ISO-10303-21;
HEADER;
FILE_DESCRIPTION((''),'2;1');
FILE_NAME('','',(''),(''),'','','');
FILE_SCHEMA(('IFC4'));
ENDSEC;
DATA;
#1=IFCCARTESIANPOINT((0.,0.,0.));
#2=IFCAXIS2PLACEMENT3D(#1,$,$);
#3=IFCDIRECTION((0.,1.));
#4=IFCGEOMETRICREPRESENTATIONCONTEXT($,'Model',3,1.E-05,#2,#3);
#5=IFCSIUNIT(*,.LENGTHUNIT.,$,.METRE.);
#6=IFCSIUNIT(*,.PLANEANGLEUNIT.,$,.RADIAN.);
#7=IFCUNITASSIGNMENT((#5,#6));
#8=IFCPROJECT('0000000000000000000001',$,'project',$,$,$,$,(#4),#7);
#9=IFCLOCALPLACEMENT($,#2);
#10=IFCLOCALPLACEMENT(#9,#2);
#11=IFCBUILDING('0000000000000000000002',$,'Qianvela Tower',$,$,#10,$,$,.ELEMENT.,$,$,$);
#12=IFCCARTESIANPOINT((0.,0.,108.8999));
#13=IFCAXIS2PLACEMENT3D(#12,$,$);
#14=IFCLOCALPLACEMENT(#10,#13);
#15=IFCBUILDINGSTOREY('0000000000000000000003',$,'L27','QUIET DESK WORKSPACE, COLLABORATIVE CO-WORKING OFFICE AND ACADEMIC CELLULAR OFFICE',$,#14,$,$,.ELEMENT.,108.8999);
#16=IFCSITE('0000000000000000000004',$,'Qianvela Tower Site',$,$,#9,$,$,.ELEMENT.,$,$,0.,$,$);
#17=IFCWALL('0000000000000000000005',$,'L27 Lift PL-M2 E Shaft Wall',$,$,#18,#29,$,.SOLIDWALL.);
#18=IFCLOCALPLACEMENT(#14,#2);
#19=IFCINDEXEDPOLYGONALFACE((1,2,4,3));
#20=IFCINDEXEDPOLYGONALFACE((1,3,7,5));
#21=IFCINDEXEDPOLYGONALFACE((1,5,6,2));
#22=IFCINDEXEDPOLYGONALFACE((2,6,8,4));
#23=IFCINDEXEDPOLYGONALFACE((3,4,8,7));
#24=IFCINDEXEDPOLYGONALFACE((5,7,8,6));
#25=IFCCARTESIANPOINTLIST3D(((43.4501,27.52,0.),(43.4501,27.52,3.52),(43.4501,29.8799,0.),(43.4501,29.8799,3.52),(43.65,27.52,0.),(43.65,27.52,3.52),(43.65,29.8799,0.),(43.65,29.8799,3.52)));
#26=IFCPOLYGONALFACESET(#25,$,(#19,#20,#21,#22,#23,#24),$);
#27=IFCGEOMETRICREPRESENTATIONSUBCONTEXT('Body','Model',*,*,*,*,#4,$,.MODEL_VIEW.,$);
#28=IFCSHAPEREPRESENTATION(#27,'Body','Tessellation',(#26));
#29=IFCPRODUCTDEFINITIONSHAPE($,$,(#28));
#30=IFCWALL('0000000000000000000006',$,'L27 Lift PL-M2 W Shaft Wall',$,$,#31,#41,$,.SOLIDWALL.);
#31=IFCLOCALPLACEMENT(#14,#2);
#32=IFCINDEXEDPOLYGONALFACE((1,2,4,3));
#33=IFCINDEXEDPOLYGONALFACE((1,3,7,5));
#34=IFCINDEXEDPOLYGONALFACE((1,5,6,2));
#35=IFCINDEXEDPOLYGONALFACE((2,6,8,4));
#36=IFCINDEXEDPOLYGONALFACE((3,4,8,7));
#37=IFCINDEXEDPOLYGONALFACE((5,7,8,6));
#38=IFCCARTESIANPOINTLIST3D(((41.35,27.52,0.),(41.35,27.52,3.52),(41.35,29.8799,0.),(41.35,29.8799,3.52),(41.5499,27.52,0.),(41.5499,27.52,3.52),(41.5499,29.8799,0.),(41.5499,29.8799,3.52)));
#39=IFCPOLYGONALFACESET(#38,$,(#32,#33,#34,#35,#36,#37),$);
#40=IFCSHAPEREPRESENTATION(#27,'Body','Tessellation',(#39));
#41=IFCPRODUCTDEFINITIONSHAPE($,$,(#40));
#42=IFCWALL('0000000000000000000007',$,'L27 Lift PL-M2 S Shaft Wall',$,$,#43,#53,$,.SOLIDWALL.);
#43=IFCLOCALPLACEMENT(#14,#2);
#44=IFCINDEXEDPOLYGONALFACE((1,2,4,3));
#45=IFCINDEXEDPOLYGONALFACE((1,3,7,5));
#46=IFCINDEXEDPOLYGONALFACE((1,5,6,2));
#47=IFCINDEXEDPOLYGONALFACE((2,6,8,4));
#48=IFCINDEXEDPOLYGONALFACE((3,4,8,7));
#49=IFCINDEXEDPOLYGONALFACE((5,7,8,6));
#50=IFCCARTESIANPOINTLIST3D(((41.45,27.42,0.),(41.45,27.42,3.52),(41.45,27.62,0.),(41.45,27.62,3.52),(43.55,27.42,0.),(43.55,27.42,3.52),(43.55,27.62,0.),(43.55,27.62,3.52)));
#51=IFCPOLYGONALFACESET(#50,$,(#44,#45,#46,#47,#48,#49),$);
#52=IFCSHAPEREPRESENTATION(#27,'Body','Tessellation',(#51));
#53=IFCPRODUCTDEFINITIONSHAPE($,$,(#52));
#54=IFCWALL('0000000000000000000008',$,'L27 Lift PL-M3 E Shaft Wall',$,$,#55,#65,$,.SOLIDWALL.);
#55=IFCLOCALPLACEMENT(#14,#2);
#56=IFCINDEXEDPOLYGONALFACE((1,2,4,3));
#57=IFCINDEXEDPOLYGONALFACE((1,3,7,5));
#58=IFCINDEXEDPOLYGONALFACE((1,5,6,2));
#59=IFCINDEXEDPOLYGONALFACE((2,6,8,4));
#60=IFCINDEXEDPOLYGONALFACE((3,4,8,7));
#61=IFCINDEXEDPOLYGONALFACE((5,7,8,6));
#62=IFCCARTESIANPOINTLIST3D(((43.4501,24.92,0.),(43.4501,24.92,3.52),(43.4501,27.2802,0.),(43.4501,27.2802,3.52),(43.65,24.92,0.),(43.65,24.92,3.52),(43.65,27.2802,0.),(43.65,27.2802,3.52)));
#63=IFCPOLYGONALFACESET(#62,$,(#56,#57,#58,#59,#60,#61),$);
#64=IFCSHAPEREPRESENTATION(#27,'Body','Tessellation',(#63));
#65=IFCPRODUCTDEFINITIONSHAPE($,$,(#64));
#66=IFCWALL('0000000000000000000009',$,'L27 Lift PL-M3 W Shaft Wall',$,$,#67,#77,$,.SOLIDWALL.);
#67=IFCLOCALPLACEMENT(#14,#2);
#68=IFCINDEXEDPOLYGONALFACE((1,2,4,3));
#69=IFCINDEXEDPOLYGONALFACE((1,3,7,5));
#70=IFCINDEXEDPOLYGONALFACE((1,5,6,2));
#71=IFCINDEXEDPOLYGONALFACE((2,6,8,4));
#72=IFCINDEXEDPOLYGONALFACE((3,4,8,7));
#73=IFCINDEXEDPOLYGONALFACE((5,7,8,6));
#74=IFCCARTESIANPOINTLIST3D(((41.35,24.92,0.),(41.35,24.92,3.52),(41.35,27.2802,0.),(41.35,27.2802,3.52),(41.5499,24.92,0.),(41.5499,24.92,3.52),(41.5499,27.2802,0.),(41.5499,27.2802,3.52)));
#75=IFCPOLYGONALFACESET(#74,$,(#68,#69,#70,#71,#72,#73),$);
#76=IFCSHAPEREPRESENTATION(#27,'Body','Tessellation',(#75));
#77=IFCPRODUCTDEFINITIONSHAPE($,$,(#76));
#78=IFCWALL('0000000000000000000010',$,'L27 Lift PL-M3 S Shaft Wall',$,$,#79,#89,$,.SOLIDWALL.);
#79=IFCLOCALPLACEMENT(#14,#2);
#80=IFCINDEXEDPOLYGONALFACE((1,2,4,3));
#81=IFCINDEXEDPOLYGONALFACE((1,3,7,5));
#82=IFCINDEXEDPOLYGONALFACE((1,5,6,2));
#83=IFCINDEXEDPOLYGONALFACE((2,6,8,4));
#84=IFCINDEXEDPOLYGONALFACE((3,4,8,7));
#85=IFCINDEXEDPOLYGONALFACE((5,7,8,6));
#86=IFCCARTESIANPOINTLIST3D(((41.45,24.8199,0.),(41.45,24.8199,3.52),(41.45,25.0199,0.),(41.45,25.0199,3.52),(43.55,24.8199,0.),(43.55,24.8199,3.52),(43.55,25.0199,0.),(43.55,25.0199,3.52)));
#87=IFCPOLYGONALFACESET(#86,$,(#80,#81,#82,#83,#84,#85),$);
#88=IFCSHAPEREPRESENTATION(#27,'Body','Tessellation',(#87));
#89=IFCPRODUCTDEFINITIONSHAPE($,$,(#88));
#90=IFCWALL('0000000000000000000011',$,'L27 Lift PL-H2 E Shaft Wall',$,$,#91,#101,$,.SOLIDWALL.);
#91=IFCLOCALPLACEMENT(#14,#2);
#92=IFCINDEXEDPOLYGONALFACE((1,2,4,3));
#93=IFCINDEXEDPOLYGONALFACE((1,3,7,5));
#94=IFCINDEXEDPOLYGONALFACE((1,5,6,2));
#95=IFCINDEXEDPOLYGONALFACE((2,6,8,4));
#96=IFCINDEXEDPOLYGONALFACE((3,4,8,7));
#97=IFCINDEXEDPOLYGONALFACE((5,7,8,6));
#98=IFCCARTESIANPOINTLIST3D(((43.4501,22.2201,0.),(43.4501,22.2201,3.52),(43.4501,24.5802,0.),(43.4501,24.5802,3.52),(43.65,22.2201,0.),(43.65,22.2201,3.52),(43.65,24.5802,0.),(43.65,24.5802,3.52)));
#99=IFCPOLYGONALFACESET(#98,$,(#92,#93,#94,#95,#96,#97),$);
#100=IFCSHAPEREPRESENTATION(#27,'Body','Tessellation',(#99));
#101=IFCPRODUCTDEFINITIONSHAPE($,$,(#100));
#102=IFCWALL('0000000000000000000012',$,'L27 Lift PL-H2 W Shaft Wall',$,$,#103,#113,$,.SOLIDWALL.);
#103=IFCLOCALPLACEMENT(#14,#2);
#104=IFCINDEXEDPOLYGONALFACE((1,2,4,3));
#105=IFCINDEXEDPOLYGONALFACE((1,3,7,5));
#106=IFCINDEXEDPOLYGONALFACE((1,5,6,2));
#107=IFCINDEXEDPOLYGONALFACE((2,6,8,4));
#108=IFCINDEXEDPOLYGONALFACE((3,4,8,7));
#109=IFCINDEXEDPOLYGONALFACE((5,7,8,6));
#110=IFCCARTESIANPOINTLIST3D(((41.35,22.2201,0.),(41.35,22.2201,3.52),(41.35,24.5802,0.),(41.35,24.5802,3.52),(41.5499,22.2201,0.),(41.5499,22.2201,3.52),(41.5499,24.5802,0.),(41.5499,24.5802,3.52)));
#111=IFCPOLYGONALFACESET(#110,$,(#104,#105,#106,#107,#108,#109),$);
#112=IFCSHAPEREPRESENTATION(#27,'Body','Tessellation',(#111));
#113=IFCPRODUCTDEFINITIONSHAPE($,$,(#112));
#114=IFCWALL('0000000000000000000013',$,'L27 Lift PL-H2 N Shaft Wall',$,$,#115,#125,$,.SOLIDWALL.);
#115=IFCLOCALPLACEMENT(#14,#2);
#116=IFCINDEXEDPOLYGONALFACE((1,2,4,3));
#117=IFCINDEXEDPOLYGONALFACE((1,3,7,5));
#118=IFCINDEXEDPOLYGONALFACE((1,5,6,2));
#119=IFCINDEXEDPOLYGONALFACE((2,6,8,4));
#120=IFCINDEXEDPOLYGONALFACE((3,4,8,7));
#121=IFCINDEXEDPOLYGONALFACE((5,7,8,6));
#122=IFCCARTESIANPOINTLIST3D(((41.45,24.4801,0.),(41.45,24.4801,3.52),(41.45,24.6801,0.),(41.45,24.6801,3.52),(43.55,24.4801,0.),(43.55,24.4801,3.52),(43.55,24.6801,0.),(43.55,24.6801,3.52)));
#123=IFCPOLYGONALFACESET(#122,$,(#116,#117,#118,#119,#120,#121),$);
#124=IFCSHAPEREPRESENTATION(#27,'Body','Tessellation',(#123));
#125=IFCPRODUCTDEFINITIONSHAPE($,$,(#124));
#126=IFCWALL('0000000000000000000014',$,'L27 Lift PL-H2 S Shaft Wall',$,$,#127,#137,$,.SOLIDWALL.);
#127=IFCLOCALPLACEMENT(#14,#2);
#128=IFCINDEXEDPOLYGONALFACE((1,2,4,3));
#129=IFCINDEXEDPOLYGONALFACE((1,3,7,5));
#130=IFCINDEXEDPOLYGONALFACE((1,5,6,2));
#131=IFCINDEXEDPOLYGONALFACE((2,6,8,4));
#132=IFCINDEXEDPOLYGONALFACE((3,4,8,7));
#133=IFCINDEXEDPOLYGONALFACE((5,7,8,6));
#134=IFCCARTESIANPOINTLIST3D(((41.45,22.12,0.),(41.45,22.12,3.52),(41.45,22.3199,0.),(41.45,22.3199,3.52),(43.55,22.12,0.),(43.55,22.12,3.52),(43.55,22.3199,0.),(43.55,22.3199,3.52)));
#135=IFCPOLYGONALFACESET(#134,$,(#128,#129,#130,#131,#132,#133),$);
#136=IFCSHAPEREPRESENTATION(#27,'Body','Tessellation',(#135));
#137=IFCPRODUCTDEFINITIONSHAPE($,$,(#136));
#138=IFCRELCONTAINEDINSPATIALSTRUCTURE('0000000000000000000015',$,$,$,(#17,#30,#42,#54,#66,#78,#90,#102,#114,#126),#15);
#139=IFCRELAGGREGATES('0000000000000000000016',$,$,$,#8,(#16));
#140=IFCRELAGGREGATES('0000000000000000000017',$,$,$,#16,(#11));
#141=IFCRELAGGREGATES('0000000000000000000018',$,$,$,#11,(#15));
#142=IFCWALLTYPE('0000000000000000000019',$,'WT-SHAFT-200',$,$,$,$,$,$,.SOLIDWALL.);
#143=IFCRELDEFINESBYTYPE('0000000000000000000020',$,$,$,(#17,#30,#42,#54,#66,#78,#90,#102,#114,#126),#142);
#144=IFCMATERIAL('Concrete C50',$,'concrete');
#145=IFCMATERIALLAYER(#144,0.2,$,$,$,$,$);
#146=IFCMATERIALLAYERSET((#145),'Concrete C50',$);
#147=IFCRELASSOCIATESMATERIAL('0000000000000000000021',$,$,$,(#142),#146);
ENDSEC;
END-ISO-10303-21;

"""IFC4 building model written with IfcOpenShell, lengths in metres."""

from ifc_helpers import new_model, si_unit, direction, frame, frame_2d, origin, place, context, subcontext, project, spatial, rectangle, extrude, material, layer, layer_set, type_object, element, save


model = new_model("IFC4")

# Units and contexts
model_context = context("Model", 3, precision=1e-05, world=origin(), true_north=direction((0.0, 1.0)))
body_context = subcontext(model_context, "Body", "Model", "MODEL_VIEW")
ifc_project = project(units=[si_unit("LENGTHUNIT", "METRE"), si_unit("PLANEANGLEUNIT", "RADIAN")], contexts=[model_context])

# Site, building, storey
site_placement = place(None, origin())
site = spatial("IfcSite", under=ifc_project, at=site_placement, Name="Qianvela Tower Site", CompositionType="ELEMENT", RefElevation=0.0)
building_placement = place(site_placement, origin())
building = spatial("IfcBuilding", under=site, at=building_placement, Name="Qianvela Tower", CompositionType="ELEMENT")
storey_placement = place(building_placement, frame((0.0, 0.0, 108.8999)))
storey = spatial("IfcBuildingStorey", under=building, at=storey_placement, Name="L27", Description="QUIET DESK WORKSPACE, COLLABORATIVE CO-WORKING OFFICE AND ACADEMIC CELLULAR OFFICE", CompositionType="ELEMENT", Elevation=108.8999)

# Walls
ifc_material_1 = material(Name="Concrete C50", Category="concrete")
ifc_layer_1 = layer(ifc_material_1, 0.2)
ifc_layer_set_1 = layer_set([ifc_layer_1], Name="Concrete C50")
wall_type_1 = type_object("IfcWallType", Name="WT-SHAFT-200", PredefinedType="SOLIDWALL", material=ifc_layer_set_1)
for number, where, z_axis, x_axis, name in (
    (1, (43.55, 27.52, 0.0), (0.0, 0.0, 1.0), (0.0, 1.0, 0.0), "L27 Lift PL-M2 E Shaft Wall"),
    (2, (41.45, 27.52, 0.0), (0.0, 0.0, 1.0), (0.0, 1.0, 0.0), "L27 Lift PL-M2 W Shaft Wall"),
):
    element("IfcWall", number, at=place(storey_placement, frame(where, z_axis=z_axis, x_axis=x_axis)), inside=storey, type_object=wall_type_1, Name=name, PredefinedType="SOLIDWALL", context=body_context, shape_type="SweptSolid", body=[
        extrude(rectangle(XDim=2.3599, YDim=0.2, at=frame_2d((1.1799, 0.0))), origin(), (0.0, 0.0, 1.0), 3.52),
    ])
wall_1_placement = place(storey_placement, frame((41.45, 27.52, 0.0), z_axis=(0.0, 0.0, 1.0), x_axis=(1.0, 0.0, 0.0)))
element("IfcWall", 3, at=wall_1_placement, inside=storey, type_object=wall_type_1, Name="L27 Lift PL-M2 S Shaft Wall", PredefinedType="SOLIDWALL", context=body_context, shape_type="SweptSolid", body=[
    extrude(rectangle(XDim=2.1001, YDim=0.2, at=frame_2d((1.05, 0.0))), origin(), (0.0, 0.0, 1.0), 3.52),
])
for number, where, z_axis, x_axis, name in (
    (4, (43.55, 24.9199, 0.0), (0.0, 0.0, 1.0), (0.0, 1.0, 0.0), "L27 Lift PL-M3 E Shaft Wall"),
    (5, (41.45, 24.9199, 0.0), (0.0, 0.0, 1.0), (0.0, 1.0, 0.0), "L27 Lift PL-M3 W Shaft Wall"),
):
    element("IfcWall", number, at=place(storey_placement, frame(where, z_axis=z_axis, x_axis=x_axis)), inside=storey, type_object=wall_type_1, Name=name, PredefinedType="SOLIDWALL", context=body_context, shape_type="SweptSolid", body=[
        extrude(rectangle(XDim=2.3601, YDim=0.2, at=frame_2d((1.1802, 0.0))), origin(), (0.0, 0.0, 1.0), 3.52),
    ])
wall_2_placement = place(storey_placement, frame((41.45, 24.9199, 0.0), z_axis=(0.0, 0.0, 1.0), x_axis=(1.0, 0.0, 0.0)))
element("IfcWall", 6, at=wall_2_placement, inside=storey, type_object=wall_type_1, Name="L27 Lift PL-M3 S Shaft Wall", PredefinedType="SOLIDWALL", context=body_context, shape_type="SweptSolid", body=[
    extrude(rectangle(XDim=2.1001, YDim=0.2, at=frame_2d((1.05, 0.0))), origin(), (0.0, 0.0, 1.0), 3.52),
])
for number, where, z_axis, x_axis, name in (
    (7, (43.55, 22.22, 0.0), (0.0, 0.0, 1.0), (0.0, 1.0, 0.0), "L27 Lift PL-H2 E Shaft Wall"),
    (8, (41.45, 22.22, 0.0), (0.0, 0.0, 1.0), (0.0, 1.0, 0.0), "L27 Lift PL-H2 W Shaft Wall"),
):
    element("IfcWall", number, at=place(storey_placement, frame(where, z_axis=z_axis, x_axis=x_axis)), inside=storey, type_object=wall_type_1, Name=name, PredefinedType="SOLIDWALL", context=body_context, shape_type="SweptSolid", body=[
        extrude(rectangle(XDim=2.3601, YDim=0.2, at=frame_2d((1.1802, 0.0))), origin(), (0.0, 0.0, 1.0), 3.52),
    ])
for number, where, z_axis, x_axis, name in (
    (9, (41.45, 24.5801, 0.0), (0.0, 0.0, 1.0), (1.0, 0.0, 0.0), "L27 Lift PL-H2 N Shaft Wall"),
    (10, (41.45, 22.22, 0.0), (0.0, 0.0, 1.0), (1.0, 0.0, 0.0), "L27 Lift PL-H2 S Shaft Wall"),
):
    element("IfcWall", number, at=place(storey_placement, frame(where, z_axis=z_axis, x_axis=x_axis)), inside=storey, type_object=wall_type_1, Name=name, PredefinedType="SOLIDWALL", context=body_context, shape_type="SweptSolid", body=[
        extrude(rectangle(XDim=2.1001, YDim=0.2, at=frame_2d((1.05, 0.0))), origin(), (0.0, 0.0, 1.0), 3.52),
    ])

save(model, "model.ifc")
